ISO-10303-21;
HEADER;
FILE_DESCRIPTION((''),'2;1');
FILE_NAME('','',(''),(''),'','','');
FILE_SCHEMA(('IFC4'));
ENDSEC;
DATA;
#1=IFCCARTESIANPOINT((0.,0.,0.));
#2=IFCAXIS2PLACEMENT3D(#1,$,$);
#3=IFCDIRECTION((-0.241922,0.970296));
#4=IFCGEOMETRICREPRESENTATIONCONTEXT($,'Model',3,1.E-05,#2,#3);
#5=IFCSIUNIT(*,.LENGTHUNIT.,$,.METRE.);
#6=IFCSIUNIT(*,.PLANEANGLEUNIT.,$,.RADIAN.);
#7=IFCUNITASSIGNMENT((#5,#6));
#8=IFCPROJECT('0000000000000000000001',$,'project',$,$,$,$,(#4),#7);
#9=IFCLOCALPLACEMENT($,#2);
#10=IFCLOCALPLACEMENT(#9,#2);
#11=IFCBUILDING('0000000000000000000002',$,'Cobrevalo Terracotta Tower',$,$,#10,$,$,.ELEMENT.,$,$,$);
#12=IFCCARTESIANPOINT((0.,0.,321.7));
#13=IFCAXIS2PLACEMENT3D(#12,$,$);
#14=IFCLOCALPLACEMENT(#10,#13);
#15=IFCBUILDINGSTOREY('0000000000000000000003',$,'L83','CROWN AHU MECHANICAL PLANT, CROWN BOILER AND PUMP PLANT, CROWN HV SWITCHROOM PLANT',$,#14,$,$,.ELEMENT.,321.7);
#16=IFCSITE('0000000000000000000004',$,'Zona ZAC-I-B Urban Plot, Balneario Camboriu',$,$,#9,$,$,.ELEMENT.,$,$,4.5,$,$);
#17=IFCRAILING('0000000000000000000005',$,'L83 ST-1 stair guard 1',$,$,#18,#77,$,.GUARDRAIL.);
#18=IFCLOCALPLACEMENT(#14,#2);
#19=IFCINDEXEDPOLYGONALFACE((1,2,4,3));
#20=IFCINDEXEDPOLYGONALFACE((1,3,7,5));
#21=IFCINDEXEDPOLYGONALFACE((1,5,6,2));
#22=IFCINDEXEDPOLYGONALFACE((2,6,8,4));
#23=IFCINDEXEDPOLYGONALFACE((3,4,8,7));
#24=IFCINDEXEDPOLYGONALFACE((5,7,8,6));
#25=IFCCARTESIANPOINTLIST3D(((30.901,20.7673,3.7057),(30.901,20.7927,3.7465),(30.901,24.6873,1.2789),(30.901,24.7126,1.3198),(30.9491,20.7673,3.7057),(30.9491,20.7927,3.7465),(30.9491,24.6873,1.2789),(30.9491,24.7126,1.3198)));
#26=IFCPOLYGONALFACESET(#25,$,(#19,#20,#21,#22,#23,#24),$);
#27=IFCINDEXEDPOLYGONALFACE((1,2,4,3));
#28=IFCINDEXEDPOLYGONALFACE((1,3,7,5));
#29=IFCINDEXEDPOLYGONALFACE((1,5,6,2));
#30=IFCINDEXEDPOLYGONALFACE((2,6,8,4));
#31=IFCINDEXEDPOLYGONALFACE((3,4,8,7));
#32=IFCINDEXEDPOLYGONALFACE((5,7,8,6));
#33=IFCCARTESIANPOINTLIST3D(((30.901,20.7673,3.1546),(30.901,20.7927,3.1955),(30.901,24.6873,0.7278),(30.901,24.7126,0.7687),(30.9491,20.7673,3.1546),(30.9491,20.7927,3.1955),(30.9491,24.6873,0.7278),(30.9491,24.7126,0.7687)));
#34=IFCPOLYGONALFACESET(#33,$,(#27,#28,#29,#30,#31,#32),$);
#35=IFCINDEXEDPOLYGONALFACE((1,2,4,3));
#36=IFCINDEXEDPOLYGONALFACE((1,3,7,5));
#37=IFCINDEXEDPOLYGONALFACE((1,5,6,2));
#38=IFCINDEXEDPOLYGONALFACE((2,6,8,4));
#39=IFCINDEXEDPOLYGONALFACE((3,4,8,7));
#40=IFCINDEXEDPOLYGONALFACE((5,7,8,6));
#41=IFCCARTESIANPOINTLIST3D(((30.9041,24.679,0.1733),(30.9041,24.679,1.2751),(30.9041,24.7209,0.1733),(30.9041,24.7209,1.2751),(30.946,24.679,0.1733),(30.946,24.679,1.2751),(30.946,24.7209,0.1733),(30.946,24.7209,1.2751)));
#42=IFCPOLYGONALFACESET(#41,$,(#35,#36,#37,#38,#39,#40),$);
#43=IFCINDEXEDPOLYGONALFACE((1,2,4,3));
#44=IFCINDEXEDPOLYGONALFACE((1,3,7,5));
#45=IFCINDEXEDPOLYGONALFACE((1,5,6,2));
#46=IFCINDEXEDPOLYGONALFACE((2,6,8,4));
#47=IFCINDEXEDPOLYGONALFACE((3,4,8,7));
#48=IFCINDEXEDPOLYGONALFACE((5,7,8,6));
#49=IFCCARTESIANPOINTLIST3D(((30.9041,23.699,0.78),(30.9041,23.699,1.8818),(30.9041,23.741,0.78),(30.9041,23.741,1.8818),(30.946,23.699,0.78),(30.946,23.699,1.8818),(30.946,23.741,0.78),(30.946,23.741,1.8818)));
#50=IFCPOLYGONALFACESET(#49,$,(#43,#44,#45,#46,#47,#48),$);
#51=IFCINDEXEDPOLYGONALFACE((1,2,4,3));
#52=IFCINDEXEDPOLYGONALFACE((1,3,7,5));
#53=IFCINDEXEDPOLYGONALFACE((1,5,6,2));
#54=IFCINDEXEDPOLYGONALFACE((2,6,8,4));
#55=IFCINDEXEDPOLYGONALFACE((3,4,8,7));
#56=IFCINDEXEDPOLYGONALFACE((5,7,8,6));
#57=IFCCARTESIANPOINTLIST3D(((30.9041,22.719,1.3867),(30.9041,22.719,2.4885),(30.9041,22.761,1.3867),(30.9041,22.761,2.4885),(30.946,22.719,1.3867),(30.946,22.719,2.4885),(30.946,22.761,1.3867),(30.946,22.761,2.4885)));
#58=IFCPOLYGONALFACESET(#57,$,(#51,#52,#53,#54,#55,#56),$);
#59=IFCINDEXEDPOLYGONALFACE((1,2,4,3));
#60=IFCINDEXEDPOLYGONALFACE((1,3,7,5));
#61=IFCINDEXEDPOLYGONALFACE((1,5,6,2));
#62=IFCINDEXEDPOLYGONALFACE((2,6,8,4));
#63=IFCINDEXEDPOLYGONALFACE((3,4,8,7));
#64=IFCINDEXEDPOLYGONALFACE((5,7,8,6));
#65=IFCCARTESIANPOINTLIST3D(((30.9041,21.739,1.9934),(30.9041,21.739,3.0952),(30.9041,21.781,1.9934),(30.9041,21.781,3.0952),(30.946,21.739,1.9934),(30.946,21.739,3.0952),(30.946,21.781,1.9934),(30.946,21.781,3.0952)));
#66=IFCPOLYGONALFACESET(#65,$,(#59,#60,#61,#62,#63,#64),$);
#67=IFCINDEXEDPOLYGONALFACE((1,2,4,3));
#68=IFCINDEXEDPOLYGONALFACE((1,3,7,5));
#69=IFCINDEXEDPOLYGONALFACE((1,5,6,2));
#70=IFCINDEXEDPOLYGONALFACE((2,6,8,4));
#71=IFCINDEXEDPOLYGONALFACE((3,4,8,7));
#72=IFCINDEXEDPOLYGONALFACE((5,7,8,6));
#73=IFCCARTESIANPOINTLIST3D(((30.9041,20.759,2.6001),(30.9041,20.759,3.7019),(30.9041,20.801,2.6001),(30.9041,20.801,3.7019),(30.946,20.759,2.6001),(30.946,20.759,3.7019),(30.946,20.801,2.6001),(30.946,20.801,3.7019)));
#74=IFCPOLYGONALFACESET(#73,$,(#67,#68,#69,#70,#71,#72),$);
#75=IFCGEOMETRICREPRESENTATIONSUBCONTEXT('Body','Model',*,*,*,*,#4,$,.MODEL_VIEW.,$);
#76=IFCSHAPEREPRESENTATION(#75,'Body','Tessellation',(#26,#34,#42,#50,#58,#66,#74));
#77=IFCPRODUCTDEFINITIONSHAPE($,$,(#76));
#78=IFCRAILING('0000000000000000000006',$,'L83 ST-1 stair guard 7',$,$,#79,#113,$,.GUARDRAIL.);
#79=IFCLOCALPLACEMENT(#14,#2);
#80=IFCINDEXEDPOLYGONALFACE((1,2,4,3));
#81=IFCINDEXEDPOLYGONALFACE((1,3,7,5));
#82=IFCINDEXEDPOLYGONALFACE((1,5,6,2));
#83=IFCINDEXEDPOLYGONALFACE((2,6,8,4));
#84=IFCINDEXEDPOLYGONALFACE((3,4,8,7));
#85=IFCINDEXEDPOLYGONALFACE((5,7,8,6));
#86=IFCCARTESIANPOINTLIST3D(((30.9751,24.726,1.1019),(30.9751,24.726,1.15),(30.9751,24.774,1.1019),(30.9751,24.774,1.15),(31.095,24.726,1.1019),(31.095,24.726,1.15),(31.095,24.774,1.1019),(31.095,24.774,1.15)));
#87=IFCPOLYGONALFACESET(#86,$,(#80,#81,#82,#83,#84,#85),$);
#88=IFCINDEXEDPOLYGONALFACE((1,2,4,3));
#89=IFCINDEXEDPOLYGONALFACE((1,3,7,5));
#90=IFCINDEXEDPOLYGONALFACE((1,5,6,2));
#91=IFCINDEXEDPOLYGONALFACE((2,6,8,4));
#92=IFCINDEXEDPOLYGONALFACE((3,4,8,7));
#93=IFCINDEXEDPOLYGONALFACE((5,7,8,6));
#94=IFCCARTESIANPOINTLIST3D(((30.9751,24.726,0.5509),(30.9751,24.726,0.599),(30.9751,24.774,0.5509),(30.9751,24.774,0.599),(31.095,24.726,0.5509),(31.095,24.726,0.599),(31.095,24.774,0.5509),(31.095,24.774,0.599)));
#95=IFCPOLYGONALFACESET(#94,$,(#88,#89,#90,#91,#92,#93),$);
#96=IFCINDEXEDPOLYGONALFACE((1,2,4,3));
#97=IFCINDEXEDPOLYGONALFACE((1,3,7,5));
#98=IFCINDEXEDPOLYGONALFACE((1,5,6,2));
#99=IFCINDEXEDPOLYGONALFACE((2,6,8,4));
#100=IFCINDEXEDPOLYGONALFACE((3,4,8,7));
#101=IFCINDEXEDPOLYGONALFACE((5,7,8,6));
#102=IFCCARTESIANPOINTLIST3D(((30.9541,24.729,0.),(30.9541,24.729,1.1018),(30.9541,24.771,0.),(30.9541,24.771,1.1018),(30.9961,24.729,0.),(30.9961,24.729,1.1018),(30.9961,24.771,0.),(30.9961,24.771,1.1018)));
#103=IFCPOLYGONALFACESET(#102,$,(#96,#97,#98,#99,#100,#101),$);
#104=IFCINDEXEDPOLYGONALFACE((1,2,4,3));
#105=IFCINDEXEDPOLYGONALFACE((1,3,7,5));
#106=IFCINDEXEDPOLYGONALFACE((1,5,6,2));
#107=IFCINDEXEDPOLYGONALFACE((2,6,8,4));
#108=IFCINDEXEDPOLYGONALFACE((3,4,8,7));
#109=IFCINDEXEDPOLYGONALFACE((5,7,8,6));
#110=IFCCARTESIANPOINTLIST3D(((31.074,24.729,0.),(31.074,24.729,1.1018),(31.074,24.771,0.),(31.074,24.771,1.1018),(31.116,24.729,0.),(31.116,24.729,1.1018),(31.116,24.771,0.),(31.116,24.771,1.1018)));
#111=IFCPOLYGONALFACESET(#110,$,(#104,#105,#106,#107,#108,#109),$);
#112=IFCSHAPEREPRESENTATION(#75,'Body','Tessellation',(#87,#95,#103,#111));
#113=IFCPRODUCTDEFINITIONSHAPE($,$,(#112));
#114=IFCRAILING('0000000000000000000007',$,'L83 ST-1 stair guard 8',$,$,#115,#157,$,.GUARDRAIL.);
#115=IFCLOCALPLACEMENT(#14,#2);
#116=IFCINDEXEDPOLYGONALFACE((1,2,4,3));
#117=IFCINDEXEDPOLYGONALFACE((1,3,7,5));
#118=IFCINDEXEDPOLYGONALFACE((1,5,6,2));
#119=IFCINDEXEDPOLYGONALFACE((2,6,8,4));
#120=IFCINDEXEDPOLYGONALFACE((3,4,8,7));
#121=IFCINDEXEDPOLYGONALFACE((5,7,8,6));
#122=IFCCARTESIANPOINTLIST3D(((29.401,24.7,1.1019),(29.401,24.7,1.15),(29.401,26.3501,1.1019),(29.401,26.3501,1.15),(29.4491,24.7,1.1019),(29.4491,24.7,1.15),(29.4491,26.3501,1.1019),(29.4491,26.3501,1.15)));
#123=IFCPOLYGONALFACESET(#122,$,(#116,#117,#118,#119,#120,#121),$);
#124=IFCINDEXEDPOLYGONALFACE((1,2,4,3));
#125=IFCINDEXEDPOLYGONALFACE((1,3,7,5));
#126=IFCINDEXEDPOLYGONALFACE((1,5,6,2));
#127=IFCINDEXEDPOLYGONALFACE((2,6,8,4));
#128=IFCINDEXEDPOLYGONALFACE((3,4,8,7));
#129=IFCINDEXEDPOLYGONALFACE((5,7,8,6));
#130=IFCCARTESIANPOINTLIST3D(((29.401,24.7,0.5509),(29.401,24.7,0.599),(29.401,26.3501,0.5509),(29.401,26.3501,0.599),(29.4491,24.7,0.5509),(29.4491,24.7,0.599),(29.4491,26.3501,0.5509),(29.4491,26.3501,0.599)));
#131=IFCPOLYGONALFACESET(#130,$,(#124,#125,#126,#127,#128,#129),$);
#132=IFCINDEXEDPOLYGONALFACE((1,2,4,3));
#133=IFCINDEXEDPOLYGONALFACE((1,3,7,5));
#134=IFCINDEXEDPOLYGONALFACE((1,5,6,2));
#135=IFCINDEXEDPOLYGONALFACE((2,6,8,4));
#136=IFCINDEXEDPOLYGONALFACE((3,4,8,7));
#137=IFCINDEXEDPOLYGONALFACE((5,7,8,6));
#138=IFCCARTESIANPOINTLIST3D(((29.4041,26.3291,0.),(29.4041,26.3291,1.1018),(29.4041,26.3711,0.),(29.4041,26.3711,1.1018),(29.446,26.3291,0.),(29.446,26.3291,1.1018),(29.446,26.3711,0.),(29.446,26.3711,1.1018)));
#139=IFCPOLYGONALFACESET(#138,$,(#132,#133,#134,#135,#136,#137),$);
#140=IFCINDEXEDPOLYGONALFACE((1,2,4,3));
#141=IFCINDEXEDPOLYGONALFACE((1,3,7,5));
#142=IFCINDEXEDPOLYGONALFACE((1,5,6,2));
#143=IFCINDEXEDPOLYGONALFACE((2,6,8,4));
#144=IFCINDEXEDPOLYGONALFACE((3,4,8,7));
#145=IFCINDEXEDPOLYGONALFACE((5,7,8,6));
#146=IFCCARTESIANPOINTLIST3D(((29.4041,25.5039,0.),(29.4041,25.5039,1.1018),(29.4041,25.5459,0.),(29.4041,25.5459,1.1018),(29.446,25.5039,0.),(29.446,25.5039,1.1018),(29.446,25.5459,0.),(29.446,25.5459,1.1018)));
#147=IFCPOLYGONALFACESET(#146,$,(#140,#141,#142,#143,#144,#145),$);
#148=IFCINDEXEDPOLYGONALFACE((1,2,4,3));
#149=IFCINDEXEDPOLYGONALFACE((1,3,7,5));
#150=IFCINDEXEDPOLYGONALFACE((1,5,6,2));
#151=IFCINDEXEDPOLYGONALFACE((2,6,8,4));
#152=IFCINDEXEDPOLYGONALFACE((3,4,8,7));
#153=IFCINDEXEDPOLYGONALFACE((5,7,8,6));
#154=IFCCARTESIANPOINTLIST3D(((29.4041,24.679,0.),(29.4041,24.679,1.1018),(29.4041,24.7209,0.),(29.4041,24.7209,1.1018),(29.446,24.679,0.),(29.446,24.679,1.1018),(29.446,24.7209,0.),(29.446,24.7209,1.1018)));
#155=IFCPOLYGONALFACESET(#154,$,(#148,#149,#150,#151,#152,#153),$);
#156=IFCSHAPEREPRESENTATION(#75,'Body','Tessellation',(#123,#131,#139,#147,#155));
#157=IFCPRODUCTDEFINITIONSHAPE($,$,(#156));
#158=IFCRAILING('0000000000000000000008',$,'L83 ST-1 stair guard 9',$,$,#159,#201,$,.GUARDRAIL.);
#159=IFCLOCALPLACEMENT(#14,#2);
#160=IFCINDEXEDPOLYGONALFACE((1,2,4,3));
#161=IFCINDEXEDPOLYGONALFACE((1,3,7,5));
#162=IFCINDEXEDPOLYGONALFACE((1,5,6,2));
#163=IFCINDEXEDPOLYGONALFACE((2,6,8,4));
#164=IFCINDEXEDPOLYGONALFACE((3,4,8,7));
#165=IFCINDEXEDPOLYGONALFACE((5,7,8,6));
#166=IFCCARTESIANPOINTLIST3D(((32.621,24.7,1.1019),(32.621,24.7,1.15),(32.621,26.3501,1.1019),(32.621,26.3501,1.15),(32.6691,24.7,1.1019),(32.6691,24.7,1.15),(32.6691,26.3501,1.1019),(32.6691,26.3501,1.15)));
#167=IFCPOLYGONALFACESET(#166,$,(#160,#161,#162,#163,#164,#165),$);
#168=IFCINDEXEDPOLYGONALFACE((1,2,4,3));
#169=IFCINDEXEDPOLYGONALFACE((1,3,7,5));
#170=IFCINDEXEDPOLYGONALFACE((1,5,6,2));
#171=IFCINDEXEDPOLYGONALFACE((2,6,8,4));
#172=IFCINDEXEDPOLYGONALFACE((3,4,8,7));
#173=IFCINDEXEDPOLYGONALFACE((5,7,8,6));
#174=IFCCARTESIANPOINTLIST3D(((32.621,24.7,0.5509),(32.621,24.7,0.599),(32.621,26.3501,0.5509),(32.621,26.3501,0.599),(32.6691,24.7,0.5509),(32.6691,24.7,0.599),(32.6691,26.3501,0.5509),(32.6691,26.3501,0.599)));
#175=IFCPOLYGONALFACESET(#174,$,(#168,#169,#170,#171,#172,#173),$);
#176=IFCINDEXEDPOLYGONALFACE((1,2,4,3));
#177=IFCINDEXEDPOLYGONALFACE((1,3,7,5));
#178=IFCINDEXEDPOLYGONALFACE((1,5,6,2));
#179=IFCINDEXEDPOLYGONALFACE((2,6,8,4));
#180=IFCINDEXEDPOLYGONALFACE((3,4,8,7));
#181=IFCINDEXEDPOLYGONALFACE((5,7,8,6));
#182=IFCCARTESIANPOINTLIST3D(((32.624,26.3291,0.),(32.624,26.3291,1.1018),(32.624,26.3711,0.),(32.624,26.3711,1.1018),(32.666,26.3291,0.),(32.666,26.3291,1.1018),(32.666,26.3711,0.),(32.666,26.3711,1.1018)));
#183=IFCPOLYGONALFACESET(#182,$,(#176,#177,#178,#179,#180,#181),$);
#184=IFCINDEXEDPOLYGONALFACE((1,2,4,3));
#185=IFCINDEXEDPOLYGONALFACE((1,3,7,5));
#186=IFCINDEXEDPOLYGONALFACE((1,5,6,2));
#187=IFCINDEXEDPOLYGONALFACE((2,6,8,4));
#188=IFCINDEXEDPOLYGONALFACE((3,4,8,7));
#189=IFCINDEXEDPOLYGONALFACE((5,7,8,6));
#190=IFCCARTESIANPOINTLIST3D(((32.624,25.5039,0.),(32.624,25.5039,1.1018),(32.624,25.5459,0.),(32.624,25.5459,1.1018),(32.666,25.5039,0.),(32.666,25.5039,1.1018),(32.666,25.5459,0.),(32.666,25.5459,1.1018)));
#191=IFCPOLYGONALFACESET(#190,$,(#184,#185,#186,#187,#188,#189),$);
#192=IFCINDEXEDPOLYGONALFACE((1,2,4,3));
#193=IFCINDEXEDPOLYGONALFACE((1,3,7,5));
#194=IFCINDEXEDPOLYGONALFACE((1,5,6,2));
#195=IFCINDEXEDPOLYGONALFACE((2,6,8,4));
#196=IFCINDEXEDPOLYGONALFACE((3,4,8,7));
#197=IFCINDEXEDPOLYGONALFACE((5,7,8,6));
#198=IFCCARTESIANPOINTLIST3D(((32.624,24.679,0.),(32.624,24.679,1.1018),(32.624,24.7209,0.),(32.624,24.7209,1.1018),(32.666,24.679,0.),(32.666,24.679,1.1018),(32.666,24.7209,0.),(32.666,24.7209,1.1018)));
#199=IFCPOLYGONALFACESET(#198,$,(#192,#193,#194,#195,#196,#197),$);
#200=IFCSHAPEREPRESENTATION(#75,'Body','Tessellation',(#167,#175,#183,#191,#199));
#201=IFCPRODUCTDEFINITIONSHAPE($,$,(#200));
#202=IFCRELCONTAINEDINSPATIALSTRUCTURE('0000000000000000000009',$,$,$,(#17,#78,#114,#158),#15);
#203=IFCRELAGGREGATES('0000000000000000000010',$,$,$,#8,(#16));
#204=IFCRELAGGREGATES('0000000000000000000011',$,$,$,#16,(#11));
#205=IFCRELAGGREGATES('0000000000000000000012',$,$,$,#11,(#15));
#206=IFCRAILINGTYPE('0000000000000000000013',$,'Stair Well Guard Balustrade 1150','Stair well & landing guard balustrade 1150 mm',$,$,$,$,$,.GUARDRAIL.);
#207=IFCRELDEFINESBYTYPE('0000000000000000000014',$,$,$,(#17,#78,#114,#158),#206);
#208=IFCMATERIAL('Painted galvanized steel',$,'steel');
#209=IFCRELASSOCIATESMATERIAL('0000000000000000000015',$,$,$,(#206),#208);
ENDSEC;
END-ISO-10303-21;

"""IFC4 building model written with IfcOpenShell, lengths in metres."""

from ifc_helpers import new_model, si_unit, direction, frame, origin, origin_2d, place, context, subcontext, project, spatial, rectangle, extrude, material, type_object, element, save


model = new_model("IFC4")

# Units and contexts
model_context = context("Model", 3, precision=1e-05, world=origin(), true_north=direction((-0.241922, 0.970296)))
body_context = subcontext(model_context, "Body", "Model", "MODEL_VIEW")
ifc_project = project(units=[si_unit("LENGTHUNIT", "METRE"), si_unit("PLANEANGLEUNIT", "RADIAN")], contexts=[model_context])

# Site, building, storey
site_placement = place(None, origin())
site = spatial("IfcSite", under=ifc_project, at=site_placement, Name="Zona ZAC-I-B Urban Plot, Balneario Camboriu", CompositionType="ELEMENT", RefElevation=4.5)
building_placement = place(site_placement, origin())
building = spatial("IfcBuilding", under=site, at=building_placement, Name="Cobrevalo Terracotta Tower", CompositionType="ELEMENT")
storey_placement = place(building_placement, frame((0.0, 0.0, 321.7)))
storey = spatial("IfcBuildingStorey", under=building, at=storey_placement, Name="L83", Description="CROWN AHU MECHANICAL PLANT, CROWN BOILER AND PUMP PLANT, CROWN HV SWITCHROOM PLANT", CompositionType="ELEMENT", Elevation=321.7)

# Railings
ifc_material_1 = material(Name="Painted galvanized steel", Category="steel")
railing_type = type_object("IfcRailingType", Name="Stair Well Guard Balustrade 1150", Description="Stair well & landing guard balustrade 1150 mm", PredefinedType="GUARDRAIL", material=ifc_material_1)
railing_1_placement = place(storey_placement, frame((30.925, 24.7, 0.1733)))
element("IfcRailing", 1, at=railing_1_placement, inside=storey, type_object=railing_type, Name="L83 ST-1 stair guard 1", PredefinedType="GUARDRAIL", context=body_context, shape_type="SweptSolid", body=[
    extrude(rectangle(XDim=0.0481, YDim=0.0481, at=origin_2d()), frame((0.0, 0.0, 1.126), z_axis=(0.0, -0.850252, 0.526376), x_axis=(1.0, 0.0, 0.0)), (0.0, 0.0, 1.0), 4.6104),
    extrude(rectangle(XDim=0.0481, YDim=0.0481, at=origin_2d()), frame((0.0, 0.0, 0.575), z_axis=(0.0, -0.850252, 0.526376), x_axis=(1.0, 0.0, 0.0)), (0.0, 0.0, 1.0), 4.6104),
    extrude(rectangle(XDim=0.042, YDim=0.042, at=origin_2d()), origin(), (0.0, 0.0, 1.0), 1.1018),
    extrude(rectangle(XDim=0.042, YDim=0.042, at=origin_2d()), frame((0.0, -0.98, 0.6067)), (0.0, 0.0, 1.0), 1.1018),
    extrude(rectangle(XDim=0.042, YDim=0.042, at=origin_2d()), frame((0.0, -1.96, 1.2134)), (0.0, 0.0, 1.0), 1.1018),
    extrude(rectangle(XDim=0.042, YDim=0.042, at=origin_2d()), frame((0.0, -2.9399, 1.8201)), (0.0, 0.0, 1.0), 1.1018),
    extrude(rectangle(XDim=0.042, YDim=0.042, at=origin_2d()), frame((0.0, -3.9199, 2.4268)), (0.0, 0.0, 1.0), 1.1018),
])
railing_2_placement = place(storey_placement, frame((30.9751, 24.75, 0.0)))
element("IfcRailing", 2, at=railing_2_placement, inside=storey, type_object=railing_type, Name="L83 ST-1 stair guard 7", PredefinedType="GUARDRAIL", context=body_context, shape_type="SweptSolid", body=[
    extrude(rectangle(XDim=0.0481, YDim=0.0481, at=origin_2d()), frame((0.0, 0.0, 1.126), z_axis=(1.0, 0.0, 0.0), x_axis=(0.0, 1.0, 0.0)), (0.0, 0.0, 1.0), 0.1199),
    extrude(rectangle(XDim=0.0481, YDim=0.0481, at=origin_2d()), frame((0.0, 0.0, 0.575), z_axis=(1.0, 0.0, 0.0), x_axis=(0.0, 1.0, 0.0)), (0.0, 0.0, 1.0), 0.1199),
    extrude(rectangle(XDim=0.042, YDim=0.042, at=origin_2d()), origin(), (0.0, 0.0, 1.0), 1.1018),
    extrude(rectangle(XDim=0.042, YDim=0.042, at=origin_2d()), frame((0.1199, 0.0, 0.0)), (0.0, 0.0, 1.0), 1.1018),
])
for number, where, name in (
    (3, (29.425, 26.3501, 0.0), "L83 ST-1 stair guard 8"),
    (4, (32.645, 26.3501, 0.0), "L83 ST-1 stair guard 9"),
):
    element("IfcRailing", number, at=place(storey_placement, frame(where)), inside=storey, type_object=railing_type, Name=name, PredefinedType="GUARDRAIL", context=body_context, shape_type="SweptSolid", body=[
        extrude(rectangle(XDim=0.0481, YDim=0.0481, at=origin_2d()), frame((0.0, 0.0, 1.126), z_axis=(0.0, -1.0, 0.0), x_axis=(1.0, 0.0, 0.0)), (0.0, 0.0, 1.0), 1.6501),
        extrude(rectangle(XDim=0.0481, YDim=0.0481, at=origin_2d()), frame((0.0, 0.0, 0.575), z_axis=(0.0, -1.0, 0.0), x_axis=(1.0, 0.0, 0.0)), (0.0, 0.0, 1.0), 1.6501),
        extrude(rectangle(XDim=0.042, YDim=0.042, at=origin_2d()), origin(), (0.0, 0.0, 1.0), 1.1018),
        extrude(rectangle(XDim=0.042, YDim=0.042, at=origin_2d()), frame((0.0, -0.8252, 0.0)), (0.0, 0.0, 1.0), 1.1018),
        extrude(rectangle(XDim=0.042, YDim=0.042, at=origin_2d()), frame((0.0, -1.6501, 0.0)), (0.0, 0.0, 1.0), 1.1018),
    ])

save(model, "model.ifc")
